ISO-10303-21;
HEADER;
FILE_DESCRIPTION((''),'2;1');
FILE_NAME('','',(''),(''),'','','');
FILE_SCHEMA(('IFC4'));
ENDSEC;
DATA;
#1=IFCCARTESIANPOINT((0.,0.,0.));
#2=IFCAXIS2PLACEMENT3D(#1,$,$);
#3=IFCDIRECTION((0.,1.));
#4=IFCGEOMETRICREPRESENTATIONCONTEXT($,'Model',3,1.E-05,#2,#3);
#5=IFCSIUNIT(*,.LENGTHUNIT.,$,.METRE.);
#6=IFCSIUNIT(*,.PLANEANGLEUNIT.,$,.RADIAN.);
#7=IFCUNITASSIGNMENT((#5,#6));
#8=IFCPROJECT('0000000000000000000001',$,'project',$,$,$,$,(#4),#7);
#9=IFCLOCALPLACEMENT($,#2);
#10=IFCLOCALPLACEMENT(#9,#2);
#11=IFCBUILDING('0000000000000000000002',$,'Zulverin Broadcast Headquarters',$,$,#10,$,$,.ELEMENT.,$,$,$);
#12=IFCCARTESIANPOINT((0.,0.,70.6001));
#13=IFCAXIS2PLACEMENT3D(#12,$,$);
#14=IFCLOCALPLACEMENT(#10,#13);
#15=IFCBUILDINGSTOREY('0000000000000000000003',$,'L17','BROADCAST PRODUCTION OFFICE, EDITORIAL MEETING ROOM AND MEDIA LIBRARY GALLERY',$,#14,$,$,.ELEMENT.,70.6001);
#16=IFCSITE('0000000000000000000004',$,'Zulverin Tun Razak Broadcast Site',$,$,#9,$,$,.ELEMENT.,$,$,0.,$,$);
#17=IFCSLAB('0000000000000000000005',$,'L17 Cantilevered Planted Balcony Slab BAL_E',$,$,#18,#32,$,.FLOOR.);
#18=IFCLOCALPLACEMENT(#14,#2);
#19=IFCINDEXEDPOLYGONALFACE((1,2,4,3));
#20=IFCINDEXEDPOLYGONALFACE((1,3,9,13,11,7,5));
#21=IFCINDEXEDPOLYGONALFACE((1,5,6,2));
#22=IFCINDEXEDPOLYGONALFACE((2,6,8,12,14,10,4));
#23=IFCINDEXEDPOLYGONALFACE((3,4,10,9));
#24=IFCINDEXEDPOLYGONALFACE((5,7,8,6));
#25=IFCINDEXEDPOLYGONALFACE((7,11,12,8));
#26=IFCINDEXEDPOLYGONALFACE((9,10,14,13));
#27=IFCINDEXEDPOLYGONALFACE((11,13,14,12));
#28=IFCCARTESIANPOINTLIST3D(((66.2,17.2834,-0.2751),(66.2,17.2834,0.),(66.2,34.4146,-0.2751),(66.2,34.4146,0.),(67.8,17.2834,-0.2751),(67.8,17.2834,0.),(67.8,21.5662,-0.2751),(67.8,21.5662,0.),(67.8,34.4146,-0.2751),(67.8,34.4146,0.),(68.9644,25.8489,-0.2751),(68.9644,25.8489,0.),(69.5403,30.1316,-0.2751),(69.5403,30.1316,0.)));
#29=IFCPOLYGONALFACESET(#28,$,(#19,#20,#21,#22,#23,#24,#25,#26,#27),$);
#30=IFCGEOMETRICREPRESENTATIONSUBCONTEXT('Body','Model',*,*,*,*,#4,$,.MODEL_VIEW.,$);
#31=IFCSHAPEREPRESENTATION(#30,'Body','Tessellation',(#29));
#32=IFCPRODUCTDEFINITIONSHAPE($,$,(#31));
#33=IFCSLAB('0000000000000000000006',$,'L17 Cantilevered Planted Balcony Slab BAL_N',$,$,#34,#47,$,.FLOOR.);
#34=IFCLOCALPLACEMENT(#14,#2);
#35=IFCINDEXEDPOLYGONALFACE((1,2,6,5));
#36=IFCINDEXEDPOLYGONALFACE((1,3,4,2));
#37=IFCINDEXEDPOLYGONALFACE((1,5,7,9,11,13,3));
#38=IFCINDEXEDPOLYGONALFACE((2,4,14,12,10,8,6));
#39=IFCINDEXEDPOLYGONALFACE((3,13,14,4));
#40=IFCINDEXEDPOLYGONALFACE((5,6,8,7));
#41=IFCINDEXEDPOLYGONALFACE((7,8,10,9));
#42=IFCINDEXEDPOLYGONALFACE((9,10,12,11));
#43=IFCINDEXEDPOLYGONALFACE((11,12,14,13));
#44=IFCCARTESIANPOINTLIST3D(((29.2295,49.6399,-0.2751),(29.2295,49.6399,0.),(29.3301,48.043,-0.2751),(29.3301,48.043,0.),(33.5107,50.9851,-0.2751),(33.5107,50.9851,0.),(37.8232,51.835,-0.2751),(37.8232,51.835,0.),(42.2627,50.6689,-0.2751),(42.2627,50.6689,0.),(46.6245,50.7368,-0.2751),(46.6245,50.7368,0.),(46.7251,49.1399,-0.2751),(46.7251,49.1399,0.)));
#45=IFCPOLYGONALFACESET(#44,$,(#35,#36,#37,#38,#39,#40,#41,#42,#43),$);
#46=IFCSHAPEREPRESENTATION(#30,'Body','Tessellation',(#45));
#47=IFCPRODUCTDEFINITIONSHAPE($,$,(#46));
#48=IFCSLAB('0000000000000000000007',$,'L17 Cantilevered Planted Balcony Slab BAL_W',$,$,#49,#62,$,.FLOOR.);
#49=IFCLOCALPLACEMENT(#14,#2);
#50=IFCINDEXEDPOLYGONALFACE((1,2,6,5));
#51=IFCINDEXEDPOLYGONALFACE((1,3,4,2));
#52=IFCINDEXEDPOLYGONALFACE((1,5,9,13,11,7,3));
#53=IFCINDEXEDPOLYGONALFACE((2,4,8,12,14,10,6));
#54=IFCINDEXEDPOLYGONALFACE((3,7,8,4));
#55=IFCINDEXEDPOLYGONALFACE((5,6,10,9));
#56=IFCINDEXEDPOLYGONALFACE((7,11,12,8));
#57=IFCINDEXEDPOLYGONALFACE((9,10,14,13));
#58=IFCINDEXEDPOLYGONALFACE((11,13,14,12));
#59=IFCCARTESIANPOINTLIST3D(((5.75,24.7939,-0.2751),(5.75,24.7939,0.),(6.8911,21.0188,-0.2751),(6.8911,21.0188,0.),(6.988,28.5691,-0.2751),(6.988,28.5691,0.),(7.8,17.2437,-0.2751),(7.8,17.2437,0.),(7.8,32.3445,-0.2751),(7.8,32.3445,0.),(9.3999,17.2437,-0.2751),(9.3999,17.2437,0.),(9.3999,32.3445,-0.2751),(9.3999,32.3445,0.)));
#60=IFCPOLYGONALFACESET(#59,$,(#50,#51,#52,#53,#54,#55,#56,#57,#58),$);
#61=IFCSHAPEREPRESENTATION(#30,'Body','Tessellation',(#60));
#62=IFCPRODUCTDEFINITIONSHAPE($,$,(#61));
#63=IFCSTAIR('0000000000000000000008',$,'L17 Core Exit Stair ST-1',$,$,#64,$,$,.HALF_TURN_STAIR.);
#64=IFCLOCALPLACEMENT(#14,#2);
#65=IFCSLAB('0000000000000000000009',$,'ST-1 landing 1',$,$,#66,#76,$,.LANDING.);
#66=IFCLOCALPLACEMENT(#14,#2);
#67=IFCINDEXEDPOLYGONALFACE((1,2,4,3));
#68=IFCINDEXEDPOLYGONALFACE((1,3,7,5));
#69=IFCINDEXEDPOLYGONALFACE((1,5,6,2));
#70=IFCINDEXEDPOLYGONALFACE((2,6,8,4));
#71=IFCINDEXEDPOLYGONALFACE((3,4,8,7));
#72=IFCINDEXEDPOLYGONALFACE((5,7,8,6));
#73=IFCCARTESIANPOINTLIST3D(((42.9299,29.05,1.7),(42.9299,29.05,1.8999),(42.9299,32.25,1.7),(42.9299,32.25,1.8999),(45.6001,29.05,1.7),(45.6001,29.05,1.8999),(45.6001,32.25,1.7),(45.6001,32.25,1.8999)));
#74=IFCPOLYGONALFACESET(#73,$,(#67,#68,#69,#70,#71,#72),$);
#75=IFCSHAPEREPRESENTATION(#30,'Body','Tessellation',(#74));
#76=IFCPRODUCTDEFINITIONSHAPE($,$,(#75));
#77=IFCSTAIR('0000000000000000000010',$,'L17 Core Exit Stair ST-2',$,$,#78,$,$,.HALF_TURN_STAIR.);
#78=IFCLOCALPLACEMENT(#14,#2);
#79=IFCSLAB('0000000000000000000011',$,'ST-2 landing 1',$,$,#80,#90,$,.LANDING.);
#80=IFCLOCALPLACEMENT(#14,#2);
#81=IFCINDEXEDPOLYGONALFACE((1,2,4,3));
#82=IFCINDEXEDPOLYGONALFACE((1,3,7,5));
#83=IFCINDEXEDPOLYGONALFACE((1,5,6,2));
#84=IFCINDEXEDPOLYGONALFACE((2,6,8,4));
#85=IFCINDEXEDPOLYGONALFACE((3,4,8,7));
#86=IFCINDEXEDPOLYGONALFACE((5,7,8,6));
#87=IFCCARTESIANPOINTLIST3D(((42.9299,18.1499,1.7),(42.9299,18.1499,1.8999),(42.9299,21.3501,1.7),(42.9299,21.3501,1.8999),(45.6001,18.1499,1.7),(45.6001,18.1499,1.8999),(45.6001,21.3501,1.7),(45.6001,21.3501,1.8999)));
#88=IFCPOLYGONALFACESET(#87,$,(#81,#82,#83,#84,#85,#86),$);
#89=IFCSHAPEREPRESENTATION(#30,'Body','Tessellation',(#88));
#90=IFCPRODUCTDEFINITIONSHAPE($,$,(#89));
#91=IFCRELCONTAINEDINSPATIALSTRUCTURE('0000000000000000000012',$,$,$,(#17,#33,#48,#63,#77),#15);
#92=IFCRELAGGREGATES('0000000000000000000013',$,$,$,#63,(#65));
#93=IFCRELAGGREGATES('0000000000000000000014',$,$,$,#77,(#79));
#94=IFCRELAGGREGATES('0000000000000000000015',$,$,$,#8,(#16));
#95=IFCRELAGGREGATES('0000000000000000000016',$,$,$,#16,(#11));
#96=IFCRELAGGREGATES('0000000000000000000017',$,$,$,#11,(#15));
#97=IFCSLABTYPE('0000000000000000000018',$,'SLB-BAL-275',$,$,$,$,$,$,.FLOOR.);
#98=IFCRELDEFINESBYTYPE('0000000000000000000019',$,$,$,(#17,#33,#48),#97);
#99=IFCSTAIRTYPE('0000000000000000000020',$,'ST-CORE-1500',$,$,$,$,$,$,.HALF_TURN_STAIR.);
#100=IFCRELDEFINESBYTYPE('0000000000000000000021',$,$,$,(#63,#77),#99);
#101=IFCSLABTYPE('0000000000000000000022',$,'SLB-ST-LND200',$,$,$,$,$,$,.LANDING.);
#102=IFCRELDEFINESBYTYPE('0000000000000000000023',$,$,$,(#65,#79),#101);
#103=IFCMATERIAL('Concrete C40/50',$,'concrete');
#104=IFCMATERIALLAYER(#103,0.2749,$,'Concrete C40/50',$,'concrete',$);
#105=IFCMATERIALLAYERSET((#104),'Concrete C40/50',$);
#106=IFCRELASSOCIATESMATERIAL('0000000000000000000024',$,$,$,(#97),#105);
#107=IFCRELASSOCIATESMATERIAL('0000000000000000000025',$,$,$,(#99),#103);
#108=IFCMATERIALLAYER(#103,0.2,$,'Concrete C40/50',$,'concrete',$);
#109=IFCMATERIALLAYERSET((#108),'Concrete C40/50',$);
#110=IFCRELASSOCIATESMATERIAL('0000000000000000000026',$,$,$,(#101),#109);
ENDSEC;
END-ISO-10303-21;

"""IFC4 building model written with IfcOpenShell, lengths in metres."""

from ifc_helpers import new_model, si_unit, direction, frame, origin, place, context, subcontext, project, spatial, polyline, outline, extrude, material, layer, layer_set, type_object, element, aggregate, save


model = new_model("IFC4")

# Units and contexts
model_context = context("Model", 3, precision=1e-05, world=origin(), true_north=direction((0.0, 1.0)))
body_context = subcontext(model_context, "Body", "Model", "MODEL_VIEW")
ifc_project = project(units=[si_unit("LENGTHUNIT", "METRE"), si_unit("PLANEANGLEUNIT", "RADIAN")], contexts=[model_context])

# Site, building, storey
site_placement = place(None, origin())
site = spatial("IfcSite", under=ifc_project, at=site_placement, Name="Zulverin Tun Razak Broadcast Site", CompositionType="ELEMENT", RefElevation=0.0)
building_placement = place(site_placement, origin())
building = spatial("IfcBuilding", under=site, at=building_placement, Name="Zulverin Broadcast Headquarters", CompositionType="ELEMENT")
storey_placement = place(building_placement, frame((0.0, 0.0, 70.6001)))
storey = spatial("IfcBuildingStorey", under=building, at=storey_placement, Name="L17", Description="BROADCAST PRODUCTION OFFICE, EDITORIAL MEETING ROOM AND MEDIA LIBRARY GALLERY", CompositionType="ELEMENT", Elevation=70.6001)

# Slabs
ifc_material_1 = material(Name="Concrete C40/50", Category="concrete")
ifc_layer_1 = layer(ifc_material_1, 0.2749, Name="Concrete C40/50", Category="concrete")
ifc_layer_set_1 = layer_set([ifc_layer_1], Name="Concrete C40/50")
slab_type_1 = type_object("IfcSlabType", Name="SLB-BAL-275", PredefinedType="FLOOR", material=ifc_layer_set_1)
slab_1_placement = place(storey_placement, frame((0.0, 0.0, -0.2751)))
element("IfcSlab", 1, at=slab_1_placement, inside=storey, type_object=slab_type_1, Name="L17 Cantilevered Planted Balcony Slab BAL_E", PredefinedType="FLOOR", context=body_context, shape_type="SweptSolid", body=[
    extrude(outline(polyline([(66.2, 34.4146), (66.2, 17.2834), (67.8, 17.2834), (67.8, 21.5662), (68.9644, 25.8489), (69.5403, 30.1316), (67.8, 34.4146), (66.2, 34.4146)])), origin(), (0.0, 0.0, 1.0), 0.2751),
])
slab_2_placement = place(storey_placement, frame((0.0, 0.0, -0.2751)))
element("IfcSlab", 2, at=slab_2_placement, inside=storey, type_object=slab_type_1, Name="L17 Cantilevered Planted Balcony Slab BAL_N", PredefinedType="FLOOR", context=body_context, shape_type="SweptSolid", body=[
    extrude(outline(polyline([(29.3301, 48.043), (46.7251, 49.1399), (46.6245, 50.7368), (42.2627, 50.6689), (37.8232, 51.835), (33.5107, 50.9851), (29.2295, 49.6399), (29.3301, 48.043)])), origin(), (0.0, 0.0, 1.0), 0.2751),
])
slab_3_placement = place(storey_placement, frame((0.0, 0.0, -0.2751)))
element("IfcSlab", 3, at=slab_3_placement, inside=storey, type_object=slab_type_1, Name="L17 Cantilevered Planted Balcony Slab BAL_W", PredefinedType="FLOOR", context=body_context, shape_type="SweptSolid", body=[
    extrude(outline(polyline([(9.3999, 17.2437), (9.3999, 32.3445), (7.8, 32.3445), (6.988, 28.5691), (5.75, 24.7939), (6.8911, 21.0188), (7.8, 17.2437), (9.3999, 17.2437)])), origin(), (0.0, 0.0, 1.0), 0.2751),
])

# Stairs, slabs
stair_type = type_object("IfcStairType", Name="ST-CORE-1500", PredefinedType="HALF_TURN_STAIR", material=ifc_material_1)
stair_1_placement = place(storey_placement, origin())
stair_1 = element("IfcStair", 4, at=stair_1_placement, inside=storey, type_object=stair_type, Name="L17 Core Exit Stair ST-1", PredefinedType="HALF_TURN_STAIR")
ifc_layer_2 = layer(ifc_material_1, 0.2, Name="Concrete C40/50", Category="concrete")
ifc_layer_set_2 = layer_set([ifc_layer_2], Name="Concrete C40/50")
slab_type_2 = type_object("IfcSlabType", Name="SLB-ST-LND200", PredefinedType="LANDING", material=ifc_layer_set_2)
slab_4_placement = place(storey_placement, frame((0.0, 0.0, 1.7)))
slab_4 = element("IfcSlab", 5, at=slab_4_placement, type_object=slab_type_2, Name="ST-1 landing 1", PredefinedType="LANDING", context=body_context, shape_type="SweptSolid", body=[
    extrude(outline(polyline([(42.9299, 29.05), (45.6001, 29.05), (45.6001, 32.25), (42.9299, 32.25), (42.9299, 29.05)])), origin(), (0.0, 0.0, 1.0), 0.2),
])
aggregate(stair_1, [slab_4])
stair_2_placement = place(storey_placement, origin())
stair_2 = element("IfcStair", 6, at=stair_2_placement, inside=storey, type_object=stair_type, Name="L17 Core Exit Stair ST-2", PredefinedType="HALF_TURN_STAIR")
slab_5_placement = place(storey_placement, frame((0.0, 0.0, 1.7)))
slab_5 = element("IfcSlab", 7, at=slab_5_placement, type_object=slab_type_2, Name="ST-2 landing 1", PredefinedType="LANDING", context=body_context, shape_type="SweptSolid", body=[
    extrude(outline(polyline([(42.9299, 18.1499), (45.6001, 18.1499), (45.6001, 21.3501), (42.9299, 21.3501), (42.9299, 18.1499)])), origin(), (0.0, 0.0, 1.0), 0.2),
])
aggregate(stair_2, [slab_5])

save(model, "model.ifc")
